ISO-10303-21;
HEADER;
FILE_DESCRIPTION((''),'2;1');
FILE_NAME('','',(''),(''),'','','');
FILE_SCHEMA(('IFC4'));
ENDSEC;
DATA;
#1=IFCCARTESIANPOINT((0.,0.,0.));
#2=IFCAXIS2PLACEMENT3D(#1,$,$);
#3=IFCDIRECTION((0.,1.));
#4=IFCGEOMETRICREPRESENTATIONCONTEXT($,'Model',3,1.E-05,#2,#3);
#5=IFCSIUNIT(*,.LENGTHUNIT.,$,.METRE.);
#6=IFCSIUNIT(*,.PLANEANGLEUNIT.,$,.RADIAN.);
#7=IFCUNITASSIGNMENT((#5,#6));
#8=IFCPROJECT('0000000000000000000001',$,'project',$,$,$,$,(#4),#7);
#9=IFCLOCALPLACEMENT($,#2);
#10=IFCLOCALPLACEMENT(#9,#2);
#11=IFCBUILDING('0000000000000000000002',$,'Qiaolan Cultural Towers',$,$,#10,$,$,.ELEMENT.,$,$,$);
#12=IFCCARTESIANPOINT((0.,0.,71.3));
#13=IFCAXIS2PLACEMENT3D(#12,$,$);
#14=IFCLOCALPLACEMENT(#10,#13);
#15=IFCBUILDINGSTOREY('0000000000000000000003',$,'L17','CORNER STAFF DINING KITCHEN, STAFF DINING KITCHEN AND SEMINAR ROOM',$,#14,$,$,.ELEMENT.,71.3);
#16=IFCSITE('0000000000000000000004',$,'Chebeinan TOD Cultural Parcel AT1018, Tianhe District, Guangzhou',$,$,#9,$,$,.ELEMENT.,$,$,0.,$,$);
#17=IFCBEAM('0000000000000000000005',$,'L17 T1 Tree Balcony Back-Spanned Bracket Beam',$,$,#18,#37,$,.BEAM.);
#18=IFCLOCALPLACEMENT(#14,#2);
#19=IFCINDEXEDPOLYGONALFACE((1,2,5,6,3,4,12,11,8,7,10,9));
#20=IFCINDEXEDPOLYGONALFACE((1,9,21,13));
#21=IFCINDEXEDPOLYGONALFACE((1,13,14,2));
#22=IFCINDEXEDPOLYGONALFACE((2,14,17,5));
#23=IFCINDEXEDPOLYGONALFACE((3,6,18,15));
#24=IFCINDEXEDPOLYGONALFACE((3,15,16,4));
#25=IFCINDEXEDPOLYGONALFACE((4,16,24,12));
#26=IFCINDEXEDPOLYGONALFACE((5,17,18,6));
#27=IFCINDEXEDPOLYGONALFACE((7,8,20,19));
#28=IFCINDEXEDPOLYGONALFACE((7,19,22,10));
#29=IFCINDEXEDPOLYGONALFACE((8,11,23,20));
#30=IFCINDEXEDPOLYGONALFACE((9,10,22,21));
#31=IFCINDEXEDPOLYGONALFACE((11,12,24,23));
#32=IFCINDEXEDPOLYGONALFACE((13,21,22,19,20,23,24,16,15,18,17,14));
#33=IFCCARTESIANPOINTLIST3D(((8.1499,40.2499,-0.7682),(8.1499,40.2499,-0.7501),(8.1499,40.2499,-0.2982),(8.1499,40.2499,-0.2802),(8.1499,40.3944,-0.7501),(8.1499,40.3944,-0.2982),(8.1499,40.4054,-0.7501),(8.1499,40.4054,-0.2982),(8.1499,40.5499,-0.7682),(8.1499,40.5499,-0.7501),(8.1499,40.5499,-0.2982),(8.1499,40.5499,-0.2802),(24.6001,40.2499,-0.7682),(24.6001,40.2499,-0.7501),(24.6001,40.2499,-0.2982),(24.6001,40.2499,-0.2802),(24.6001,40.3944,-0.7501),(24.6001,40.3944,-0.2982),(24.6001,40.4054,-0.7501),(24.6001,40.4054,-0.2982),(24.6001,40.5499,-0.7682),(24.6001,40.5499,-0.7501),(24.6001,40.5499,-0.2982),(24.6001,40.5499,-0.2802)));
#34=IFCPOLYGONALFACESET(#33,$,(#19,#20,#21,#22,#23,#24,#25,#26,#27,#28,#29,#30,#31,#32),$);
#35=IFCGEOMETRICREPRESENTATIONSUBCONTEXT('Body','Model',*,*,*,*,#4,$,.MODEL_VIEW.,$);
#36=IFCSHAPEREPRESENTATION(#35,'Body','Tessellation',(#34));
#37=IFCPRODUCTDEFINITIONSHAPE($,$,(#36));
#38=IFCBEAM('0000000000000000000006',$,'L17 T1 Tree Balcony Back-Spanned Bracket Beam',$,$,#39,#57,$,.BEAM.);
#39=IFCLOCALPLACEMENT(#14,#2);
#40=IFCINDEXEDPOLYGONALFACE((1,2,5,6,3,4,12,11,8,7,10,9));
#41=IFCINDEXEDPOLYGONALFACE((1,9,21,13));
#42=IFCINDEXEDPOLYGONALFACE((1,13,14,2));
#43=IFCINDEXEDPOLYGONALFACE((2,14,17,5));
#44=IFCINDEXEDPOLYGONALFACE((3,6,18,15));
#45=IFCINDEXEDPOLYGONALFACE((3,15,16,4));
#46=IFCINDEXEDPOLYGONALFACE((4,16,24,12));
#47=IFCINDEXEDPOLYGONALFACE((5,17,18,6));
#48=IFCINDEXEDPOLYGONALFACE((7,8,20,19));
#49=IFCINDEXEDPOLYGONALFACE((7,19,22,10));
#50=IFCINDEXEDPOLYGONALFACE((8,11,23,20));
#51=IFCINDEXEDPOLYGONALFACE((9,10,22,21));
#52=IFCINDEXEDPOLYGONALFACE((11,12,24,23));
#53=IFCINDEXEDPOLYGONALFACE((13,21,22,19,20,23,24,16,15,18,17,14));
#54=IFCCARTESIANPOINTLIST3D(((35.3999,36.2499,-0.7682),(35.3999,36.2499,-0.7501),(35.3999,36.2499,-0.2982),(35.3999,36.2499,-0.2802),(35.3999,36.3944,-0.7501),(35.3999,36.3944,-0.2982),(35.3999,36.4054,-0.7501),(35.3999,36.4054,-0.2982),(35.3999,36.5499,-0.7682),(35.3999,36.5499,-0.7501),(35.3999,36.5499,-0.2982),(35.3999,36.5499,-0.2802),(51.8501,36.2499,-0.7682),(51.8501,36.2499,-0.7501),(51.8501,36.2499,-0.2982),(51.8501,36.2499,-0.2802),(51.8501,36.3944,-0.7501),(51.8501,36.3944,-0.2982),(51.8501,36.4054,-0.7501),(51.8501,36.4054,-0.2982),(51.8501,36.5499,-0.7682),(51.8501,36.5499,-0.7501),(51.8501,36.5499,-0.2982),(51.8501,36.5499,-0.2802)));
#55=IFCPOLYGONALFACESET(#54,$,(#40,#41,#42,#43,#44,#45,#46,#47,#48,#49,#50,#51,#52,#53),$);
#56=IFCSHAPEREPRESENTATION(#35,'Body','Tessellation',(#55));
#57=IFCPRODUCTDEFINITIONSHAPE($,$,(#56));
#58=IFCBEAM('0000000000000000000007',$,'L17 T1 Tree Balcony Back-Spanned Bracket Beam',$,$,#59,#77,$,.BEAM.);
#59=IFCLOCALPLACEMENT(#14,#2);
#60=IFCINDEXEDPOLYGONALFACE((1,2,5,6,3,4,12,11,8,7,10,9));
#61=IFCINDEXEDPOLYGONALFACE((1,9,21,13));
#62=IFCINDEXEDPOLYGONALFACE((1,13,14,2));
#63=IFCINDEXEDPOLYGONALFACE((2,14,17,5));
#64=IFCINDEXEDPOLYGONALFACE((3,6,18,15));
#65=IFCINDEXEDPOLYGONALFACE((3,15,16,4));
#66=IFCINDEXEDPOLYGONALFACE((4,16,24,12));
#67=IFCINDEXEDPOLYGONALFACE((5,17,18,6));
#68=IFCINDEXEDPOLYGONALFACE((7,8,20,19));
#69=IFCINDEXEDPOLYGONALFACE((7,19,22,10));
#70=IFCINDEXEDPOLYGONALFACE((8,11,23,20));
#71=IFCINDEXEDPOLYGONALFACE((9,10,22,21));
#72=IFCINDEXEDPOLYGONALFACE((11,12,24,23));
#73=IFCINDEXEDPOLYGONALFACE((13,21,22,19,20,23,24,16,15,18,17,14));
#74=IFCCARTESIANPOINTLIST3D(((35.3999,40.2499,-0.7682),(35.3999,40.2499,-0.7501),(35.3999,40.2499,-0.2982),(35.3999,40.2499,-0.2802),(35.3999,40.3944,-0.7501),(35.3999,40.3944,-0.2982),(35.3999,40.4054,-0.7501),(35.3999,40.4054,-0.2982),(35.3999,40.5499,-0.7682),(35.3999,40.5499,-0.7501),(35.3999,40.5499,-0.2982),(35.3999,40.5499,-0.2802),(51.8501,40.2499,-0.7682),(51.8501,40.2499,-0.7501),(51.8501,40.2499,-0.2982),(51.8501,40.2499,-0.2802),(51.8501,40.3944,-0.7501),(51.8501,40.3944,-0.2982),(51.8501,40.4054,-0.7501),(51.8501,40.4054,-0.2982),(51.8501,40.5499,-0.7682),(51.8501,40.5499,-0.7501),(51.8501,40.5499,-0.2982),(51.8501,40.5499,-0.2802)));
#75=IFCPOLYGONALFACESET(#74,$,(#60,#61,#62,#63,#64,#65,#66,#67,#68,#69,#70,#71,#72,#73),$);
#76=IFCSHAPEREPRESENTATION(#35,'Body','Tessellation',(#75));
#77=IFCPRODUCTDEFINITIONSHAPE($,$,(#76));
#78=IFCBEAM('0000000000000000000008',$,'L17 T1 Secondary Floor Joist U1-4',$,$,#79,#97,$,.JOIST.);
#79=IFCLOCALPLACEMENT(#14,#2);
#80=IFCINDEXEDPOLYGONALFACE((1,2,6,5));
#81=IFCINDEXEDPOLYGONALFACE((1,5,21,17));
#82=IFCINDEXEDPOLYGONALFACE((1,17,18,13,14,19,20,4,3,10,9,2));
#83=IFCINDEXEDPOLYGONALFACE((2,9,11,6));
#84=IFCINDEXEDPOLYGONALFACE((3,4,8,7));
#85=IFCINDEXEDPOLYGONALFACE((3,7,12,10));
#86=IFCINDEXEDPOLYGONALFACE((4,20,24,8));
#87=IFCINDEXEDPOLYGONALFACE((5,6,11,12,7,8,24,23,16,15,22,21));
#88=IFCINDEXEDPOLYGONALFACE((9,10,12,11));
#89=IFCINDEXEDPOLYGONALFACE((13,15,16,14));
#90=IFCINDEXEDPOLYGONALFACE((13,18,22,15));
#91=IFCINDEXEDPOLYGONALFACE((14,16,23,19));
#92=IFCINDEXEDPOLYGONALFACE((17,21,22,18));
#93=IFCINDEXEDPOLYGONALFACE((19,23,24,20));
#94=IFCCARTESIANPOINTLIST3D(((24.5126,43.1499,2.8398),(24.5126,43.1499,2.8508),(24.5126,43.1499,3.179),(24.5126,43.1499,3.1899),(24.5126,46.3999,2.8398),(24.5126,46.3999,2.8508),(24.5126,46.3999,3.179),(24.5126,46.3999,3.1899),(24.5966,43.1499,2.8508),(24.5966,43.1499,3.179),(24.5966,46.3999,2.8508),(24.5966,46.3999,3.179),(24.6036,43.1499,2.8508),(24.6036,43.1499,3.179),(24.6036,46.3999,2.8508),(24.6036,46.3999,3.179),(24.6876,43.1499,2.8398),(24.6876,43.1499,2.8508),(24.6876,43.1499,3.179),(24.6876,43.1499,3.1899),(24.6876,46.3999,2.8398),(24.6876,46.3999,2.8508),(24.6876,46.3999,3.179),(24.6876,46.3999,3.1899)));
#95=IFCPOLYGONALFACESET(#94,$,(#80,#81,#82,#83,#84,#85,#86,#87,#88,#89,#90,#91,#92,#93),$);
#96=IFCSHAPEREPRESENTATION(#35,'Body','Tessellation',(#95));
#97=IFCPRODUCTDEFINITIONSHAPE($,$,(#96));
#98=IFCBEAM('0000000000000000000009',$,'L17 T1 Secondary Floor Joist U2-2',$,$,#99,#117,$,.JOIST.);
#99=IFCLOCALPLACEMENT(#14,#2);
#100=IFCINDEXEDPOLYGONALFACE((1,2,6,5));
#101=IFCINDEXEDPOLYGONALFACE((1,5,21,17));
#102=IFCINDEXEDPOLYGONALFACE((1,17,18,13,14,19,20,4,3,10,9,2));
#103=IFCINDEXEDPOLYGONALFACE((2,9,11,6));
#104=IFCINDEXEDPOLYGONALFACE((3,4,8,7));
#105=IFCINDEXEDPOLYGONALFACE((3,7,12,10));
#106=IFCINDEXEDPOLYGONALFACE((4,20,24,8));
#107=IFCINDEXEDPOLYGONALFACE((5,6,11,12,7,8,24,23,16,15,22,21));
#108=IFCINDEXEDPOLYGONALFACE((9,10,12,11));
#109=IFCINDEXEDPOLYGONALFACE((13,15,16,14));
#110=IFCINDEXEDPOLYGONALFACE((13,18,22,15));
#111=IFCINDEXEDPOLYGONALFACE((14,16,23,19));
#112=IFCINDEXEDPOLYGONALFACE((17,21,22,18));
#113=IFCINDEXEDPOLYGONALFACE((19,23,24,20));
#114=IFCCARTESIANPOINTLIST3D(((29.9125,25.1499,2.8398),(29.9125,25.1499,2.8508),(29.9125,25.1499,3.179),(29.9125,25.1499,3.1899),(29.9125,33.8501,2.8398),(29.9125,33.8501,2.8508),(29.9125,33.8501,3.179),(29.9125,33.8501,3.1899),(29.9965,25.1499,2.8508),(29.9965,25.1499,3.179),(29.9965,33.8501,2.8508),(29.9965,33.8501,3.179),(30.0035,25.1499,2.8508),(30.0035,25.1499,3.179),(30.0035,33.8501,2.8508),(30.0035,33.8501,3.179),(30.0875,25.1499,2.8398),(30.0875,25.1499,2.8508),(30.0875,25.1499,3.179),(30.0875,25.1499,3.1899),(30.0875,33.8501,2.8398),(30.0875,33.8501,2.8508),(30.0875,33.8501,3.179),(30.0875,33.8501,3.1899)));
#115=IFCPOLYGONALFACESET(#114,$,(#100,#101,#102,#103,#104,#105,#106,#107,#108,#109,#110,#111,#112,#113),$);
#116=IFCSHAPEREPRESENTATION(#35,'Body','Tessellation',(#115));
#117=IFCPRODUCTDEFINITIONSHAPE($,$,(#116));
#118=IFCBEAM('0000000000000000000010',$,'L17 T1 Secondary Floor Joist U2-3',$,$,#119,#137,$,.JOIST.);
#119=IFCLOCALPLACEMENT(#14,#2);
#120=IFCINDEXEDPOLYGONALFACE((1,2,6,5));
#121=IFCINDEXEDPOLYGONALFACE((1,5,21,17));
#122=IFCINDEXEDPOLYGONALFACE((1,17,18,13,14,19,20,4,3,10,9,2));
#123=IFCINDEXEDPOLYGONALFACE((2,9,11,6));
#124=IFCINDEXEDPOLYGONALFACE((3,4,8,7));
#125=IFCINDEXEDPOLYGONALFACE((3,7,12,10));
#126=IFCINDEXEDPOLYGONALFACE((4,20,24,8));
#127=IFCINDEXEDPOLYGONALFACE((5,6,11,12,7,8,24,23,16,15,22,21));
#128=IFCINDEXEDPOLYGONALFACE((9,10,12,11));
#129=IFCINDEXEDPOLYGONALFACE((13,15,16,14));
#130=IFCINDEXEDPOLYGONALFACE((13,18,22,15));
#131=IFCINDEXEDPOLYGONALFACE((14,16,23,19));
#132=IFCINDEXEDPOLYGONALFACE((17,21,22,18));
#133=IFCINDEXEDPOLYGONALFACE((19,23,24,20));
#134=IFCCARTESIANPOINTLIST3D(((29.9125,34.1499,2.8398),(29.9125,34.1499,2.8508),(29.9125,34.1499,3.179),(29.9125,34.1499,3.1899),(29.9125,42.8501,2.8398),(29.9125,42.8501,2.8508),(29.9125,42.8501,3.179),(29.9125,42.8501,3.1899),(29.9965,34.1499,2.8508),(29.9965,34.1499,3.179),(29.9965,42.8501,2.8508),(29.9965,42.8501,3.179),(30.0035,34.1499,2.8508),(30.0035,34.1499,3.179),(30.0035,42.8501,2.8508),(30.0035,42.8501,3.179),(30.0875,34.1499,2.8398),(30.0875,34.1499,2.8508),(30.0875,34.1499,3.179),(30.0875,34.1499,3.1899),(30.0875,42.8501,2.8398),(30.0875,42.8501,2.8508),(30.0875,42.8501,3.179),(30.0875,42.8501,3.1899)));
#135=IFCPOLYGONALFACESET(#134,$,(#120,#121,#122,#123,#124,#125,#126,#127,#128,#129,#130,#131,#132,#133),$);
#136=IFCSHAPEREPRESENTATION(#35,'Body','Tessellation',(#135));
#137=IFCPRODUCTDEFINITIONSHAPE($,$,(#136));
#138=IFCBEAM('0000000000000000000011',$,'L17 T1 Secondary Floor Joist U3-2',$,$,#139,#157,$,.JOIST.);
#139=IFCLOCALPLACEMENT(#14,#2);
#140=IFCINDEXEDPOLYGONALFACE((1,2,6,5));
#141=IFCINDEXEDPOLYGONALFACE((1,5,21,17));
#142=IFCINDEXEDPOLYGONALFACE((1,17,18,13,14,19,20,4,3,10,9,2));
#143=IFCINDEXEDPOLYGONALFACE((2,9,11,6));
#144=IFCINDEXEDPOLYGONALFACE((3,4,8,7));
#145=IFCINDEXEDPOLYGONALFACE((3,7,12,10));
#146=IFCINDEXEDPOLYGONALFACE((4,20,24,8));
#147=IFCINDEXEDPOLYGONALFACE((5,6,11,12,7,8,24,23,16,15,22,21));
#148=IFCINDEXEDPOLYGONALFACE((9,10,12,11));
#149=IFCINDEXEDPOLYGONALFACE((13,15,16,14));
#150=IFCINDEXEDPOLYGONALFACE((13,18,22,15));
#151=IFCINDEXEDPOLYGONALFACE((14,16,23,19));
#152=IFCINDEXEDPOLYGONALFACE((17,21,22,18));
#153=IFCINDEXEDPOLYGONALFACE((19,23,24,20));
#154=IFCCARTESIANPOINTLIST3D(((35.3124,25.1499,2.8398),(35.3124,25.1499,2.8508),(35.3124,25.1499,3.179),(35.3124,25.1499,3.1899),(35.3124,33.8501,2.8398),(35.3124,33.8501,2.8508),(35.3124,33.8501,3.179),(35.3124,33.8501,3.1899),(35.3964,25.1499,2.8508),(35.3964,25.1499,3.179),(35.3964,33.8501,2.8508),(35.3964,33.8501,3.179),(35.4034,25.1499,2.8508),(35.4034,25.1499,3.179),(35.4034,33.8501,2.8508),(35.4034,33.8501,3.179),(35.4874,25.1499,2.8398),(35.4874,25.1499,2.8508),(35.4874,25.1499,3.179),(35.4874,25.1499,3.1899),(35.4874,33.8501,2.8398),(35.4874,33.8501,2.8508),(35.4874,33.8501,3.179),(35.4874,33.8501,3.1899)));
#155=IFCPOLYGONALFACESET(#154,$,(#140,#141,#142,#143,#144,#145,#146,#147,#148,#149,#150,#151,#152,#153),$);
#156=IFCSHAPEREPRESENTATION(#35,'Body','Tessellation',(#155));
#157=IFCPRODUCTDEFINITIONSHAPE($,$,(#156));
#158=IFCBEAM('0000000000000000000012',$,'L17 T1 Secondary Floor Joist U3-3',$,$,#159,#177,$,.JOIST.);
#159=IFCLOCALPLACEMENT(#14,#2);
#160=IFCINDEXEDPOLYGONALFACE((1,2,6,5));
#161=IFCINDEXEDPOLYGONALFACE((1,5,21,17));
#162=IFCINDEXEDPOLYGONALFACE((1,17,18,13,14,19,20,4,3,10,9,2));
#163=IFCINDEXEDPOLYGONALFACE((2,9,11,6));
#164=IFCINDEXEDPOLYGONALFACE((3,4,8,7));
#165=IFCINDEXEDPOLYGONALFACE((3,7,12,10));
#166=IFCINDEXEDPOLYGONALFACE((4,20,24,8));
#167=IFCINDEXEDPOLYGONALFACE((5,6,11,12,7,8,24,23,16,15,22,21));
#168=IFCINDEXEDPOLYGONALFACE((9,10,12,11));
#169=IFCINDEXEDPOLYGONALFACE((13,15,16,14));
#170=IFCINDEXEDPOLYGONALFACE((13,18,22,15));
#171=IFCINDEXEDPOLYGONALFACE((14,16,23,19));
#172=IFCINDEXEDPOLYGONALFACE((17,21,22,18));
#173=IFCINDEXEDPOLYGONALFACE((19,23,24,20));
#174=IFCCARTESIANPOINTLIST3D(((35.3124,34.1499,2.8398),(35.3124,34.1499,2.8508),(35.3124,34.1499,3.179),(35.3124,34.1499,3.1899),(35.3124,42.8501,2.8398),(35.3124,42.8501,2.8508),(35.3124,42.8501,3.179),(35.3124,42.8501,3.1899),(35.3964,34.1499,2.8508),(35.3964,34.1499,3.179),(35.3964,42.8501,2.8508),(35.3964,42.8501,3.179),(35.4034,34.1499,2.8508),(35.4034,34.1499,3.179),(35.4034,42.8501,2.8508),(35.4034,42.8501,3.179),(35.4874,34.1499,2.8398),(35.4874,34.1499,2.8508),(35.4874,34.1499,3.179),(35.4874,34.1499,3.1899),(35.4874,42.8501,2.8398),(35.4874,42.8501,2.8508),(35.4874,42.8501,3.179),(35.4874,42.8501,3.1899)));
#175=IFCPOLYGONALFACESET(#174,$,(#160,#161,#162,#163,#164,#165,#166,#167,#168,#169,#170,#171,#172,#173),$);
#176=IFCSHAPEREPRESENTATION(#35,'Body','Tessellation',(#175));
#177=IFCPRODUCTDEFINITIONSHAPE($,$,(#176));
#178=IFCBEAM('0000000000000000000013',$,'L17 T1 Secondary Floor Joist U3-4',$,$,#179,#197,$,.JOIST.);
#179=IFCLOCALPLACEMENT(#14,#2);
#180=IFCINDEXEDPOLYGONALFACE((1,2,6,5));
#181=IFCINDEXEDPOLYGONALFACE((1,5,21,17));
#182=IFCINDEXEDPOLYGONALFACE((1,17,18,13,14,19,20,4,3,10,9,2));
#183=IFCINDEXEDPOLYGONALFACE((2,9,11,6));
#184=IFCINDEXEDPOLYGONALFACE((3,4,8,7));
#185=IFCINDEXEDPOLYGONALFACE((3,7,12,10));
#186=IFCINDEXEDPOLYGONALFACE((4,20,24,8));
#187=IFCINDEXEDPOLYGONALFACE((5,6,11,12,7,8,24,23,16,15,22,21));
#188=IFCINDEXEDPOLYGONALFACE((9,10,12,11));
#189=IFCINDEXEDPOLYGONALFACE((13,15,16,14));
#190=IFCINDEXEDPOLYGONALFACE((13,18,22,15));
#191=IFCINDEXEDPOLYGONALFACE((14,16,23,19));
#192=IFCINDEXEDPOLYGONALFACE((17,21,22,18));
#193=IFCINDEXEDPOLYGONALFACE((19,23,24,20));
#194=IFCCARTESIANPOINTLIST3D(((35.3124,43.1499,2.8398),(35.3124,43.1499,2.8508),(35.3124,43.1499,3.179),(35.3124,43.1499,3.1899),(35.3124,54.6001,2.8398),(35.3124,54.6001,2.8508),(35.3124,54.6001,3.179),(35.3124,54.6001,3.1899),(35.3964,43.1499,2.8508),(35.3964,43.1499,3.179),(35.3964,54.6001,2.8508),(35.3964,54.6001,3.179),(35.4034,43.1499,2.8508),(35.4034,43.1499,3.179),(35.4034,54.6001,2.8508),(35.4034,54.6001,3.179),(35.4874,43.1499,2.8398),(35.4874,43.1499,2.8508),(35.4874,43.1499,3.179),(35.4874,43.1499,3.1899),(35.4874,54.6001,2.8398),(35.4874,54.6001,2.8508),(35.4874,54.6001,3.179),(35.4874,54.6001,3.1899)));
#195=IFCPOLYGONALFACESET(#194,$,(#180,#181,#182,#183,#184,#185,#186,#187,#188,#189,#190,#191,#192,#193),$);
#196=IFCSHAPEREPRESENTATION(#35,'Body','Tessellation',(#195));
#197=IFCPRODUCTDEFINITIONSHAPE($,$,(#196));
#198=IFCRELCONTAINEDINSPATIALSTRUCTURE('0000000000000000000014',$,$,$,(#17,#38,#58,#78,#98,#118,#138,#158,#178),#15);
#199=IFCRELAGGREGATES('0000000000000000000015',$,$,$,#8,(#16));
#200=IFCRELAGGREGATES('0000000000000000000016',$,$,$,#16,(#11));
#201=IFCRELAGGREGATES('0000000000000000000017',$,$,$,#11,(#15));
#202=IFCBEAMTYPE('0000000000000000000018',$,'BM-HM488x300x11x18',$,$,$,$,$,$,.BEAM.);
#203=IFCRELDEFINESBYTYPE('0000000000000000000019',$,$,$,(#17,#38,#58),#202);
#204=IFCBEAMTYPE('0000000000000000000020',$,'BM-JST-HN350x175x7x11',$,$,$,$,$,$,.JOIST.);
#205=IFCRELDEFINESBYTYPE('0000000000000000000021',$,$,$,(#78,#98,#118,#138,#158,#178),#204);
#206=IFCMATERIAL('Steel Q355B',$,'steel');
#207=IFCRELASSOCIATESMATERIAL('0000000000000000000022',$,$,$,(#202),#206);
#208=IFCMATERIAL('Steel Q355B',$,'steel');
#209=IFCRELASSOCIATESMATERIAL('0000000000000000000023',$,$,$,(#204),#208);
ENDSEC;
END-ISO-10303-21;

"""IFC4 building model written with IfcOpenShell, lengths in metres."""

from ifc_helpers import new_model, si_unit, direction, frame, origin, origin_2d, place, context, subcontext, project, spatial, i_section, extrude, material, material_profile, profile_set, type_object, element, save


model = new_model("IFC4")

# Units and contexts
model_context = context("Model", 3, precision=1e-05, world=origin(), true_north=direction((0.0, 1.0)))
body_context = subcontext(model_context, "Body", "Model", "MODEL_VIEW")
ifc_project = project(units=[si_unit("LENGTHUNIT", "METRE"), si_unit("PLANEANGLEUNIT", "RADIAN")], contexts=[model_context])

# Site, building, storey
site_placement = place(None, origin())
site = spatial("IfcSite", under=ifc_project, at=site_placement, Name="Chebeinan TOD Cultural Parcel AT1018, Tianhe District, Guangzhou", CompositionType="ELEMENT", RefElevation=0.0)
building_placement = place(site_placement, origin())
building = spatial("IfcBuilding", under=site, at=building_placement, Name="Qiaolan Cultural Towers", CompositionType="ELEMENT")
storey_placement = place(building_placement, frame((0.0, 0.0, 71.3)))
storey = spatial("IfcBuildingStorey", under=building, at=storey_placement, Name="L17", Description="CORNER STAFF DINING KITCHEN, STAFF DINING KITCHEN AND SEMINAR ROOM", CompositionType="ELEMENT", Elevation=71.3)

# Beams
ifc_material_1 = material(Name="Steel Q355B", Category="steel")
ifc_material_profile_1 = material_profile(ifc_material_1, i_section(OverallWidth=0.3, OverallDepth=0.488, WebThickness=0.011, FlangeThickness=0.0181, at=origin_2d()), Name="HM488x300x11x18")
ifc_profile_set_1 = profile_set([ifc_material_profile_1], Name="Steel Q355B")
beam_type_1 = type_object("IfcBeamType", Name="BM-HM488x300x11x18", PredefinedType="BEAM", material=ifc_profile_set_1)
for number, where, z_axis, x_axis, name in (
    (1, (24.6001, 40.3999, -0.5242), (-1.0, 0.0, 0.0), (0.0, -1.0, 0.0), "L17 T1 Tree Balcony Back-Spanned Bracket Beam"),
    (2, (35.3999, 36.3999, -0.5242), (1.0, 0.0, 0.0), (0.0, 1.0, 0.0), "L17 T1 Tree Balcony Back-Spanned Bracket Beam"),
    (3, (35.3999, 40.3999, -0.5242), (1.0, 0.0, 0.0), (0.0, 1.0, 0.0), "L17 T1 Tree Balcony Back-Spanned Bracket Beam"),
):
    element("IfcBeam", number, at=place(storey_placement, frame(where, z_axis=z_axis, x_axis=x_axis)), inside=storey, type_object=beam_type_1, Name=name, PredefinedType="BEAM", context=body_context, shape_type="SweptSolid", body=[
        extrude(i_section(OverallWidth=0.3, OverallDepth=0.488, WebThickness=0.011, FlangeThickness=0.0181, at=origin_2d()), origin(), (0.0, 0.0, 1.0), 16.4502),
    ])
ifc_material_2 = material(Name="Steel Q355B", Category="steel")
ifc_material_profile_2 = material_profile(ifc_material_2, i_section(OverallWidth=0.175, OverallDepth=0.3501, WebThickness=0.0071, FlangeThickness=0.011, at=origin_2d()), Name="HN350x175x7x11")
ifc_profile_set_2 = profile_set([ifc_material_profile_2], Name="Steel Q355B")
beam_type_2 = type_object("IfcBeamType", Name="BM-JST-HN350x175x7x11", PredefinedType="JOIST", material=ifc_profile_set_2)
beam_1_placement = place(storey_placement, frame((24.6001, 43.1499, 3.0149), z_axis=(0.0, 1.0, 0.0), x_axis=(-1.0, 0.0, 0.0)))
element("IfcBeam", 4, at=beam_1_placement, inside=storey, type_object=beam_type_2, Name="L17 T1 Secondary Floor Joist U1-4", PredefinedType="JOIST", context=body_context, shape_type="SweptSolid", body=[
    extrude(i_section(OverallWidth=0.175, OverallDepth=0.3501, WebThickness=0.0071, FlangeThickness=0.011, at=origin_2d()), origin(), (0.0, 0.0, 1.0), 3.25),
])
for number, where, z_axis, x_axis, name in (
    (5, (30.0, 25.1499, 3.0149), (0.0, 1.0, 0.0), (-1.0, 0.0, 0.0), "L17 T1 Secondary Floor Joist U2-2"),
    (6, (30.0, 34.1499, 3.0149), (0.0, 1.0, 0.0), (-1.0, 0.0, 0.0), "L17 T1 Secondary Floor Joist U2-3"),
    (7, (35.3999, 25.1499, 3.0149), (0.0, 1.0, 0.0), (-1.0, 0.0, 0.0), "L17 T1 Secondary Floor Joist U3-2"),
    (8, (35.3999, 34.1499, 3.0149), (0.0, 1.0, 0.0), (-1.0, 0.0, 0.0), "L17 T1 Secondary Floor Joist U3-3"),
):
    element("IfcBeam", number, at=place(storey_placement, frame(where, z_axis=z_axis, x_axis=x_axis)), inside=storey, type_object=beam_type_2, Name=name, PredefinedType="JOIST", context=body_context, shape_type="SweptSolid", body=[
        extrude(i_section(OverallWidth=0.175, OverallDepth=0.3501, WebThickness=0.0071, FlangeThickness=0.011, at=origin_2d()), origin(), (0.0, 0.0, 1.0), 8.7002),
    ])
beam_2_placement = place(storey_placement, frame((35.3999, 43.1499, 3.0149), z_axis=(0.0, 1.0, 0.0), x_axis=(-1.0, 0.0, 0.0)))
element("IfcBeam", 9, at=beam_2_placement, inside=storey, type_object=beam_type_2, Name="L17 T1 Secondary Floor Joist U3-4", PredefinedType="JOIST", context=body_context, shape_type="SweptSolid", body=[
    extrude(i_section(OverallWidth=0.175, OverallDepth=0.3501, WebThickness=0.0071, FlangeThickness=0.011, at=origin_2d()), origin(), (0.0, 0.0, 1.0), 11.4502),
])

save(model, "model.ifc")
